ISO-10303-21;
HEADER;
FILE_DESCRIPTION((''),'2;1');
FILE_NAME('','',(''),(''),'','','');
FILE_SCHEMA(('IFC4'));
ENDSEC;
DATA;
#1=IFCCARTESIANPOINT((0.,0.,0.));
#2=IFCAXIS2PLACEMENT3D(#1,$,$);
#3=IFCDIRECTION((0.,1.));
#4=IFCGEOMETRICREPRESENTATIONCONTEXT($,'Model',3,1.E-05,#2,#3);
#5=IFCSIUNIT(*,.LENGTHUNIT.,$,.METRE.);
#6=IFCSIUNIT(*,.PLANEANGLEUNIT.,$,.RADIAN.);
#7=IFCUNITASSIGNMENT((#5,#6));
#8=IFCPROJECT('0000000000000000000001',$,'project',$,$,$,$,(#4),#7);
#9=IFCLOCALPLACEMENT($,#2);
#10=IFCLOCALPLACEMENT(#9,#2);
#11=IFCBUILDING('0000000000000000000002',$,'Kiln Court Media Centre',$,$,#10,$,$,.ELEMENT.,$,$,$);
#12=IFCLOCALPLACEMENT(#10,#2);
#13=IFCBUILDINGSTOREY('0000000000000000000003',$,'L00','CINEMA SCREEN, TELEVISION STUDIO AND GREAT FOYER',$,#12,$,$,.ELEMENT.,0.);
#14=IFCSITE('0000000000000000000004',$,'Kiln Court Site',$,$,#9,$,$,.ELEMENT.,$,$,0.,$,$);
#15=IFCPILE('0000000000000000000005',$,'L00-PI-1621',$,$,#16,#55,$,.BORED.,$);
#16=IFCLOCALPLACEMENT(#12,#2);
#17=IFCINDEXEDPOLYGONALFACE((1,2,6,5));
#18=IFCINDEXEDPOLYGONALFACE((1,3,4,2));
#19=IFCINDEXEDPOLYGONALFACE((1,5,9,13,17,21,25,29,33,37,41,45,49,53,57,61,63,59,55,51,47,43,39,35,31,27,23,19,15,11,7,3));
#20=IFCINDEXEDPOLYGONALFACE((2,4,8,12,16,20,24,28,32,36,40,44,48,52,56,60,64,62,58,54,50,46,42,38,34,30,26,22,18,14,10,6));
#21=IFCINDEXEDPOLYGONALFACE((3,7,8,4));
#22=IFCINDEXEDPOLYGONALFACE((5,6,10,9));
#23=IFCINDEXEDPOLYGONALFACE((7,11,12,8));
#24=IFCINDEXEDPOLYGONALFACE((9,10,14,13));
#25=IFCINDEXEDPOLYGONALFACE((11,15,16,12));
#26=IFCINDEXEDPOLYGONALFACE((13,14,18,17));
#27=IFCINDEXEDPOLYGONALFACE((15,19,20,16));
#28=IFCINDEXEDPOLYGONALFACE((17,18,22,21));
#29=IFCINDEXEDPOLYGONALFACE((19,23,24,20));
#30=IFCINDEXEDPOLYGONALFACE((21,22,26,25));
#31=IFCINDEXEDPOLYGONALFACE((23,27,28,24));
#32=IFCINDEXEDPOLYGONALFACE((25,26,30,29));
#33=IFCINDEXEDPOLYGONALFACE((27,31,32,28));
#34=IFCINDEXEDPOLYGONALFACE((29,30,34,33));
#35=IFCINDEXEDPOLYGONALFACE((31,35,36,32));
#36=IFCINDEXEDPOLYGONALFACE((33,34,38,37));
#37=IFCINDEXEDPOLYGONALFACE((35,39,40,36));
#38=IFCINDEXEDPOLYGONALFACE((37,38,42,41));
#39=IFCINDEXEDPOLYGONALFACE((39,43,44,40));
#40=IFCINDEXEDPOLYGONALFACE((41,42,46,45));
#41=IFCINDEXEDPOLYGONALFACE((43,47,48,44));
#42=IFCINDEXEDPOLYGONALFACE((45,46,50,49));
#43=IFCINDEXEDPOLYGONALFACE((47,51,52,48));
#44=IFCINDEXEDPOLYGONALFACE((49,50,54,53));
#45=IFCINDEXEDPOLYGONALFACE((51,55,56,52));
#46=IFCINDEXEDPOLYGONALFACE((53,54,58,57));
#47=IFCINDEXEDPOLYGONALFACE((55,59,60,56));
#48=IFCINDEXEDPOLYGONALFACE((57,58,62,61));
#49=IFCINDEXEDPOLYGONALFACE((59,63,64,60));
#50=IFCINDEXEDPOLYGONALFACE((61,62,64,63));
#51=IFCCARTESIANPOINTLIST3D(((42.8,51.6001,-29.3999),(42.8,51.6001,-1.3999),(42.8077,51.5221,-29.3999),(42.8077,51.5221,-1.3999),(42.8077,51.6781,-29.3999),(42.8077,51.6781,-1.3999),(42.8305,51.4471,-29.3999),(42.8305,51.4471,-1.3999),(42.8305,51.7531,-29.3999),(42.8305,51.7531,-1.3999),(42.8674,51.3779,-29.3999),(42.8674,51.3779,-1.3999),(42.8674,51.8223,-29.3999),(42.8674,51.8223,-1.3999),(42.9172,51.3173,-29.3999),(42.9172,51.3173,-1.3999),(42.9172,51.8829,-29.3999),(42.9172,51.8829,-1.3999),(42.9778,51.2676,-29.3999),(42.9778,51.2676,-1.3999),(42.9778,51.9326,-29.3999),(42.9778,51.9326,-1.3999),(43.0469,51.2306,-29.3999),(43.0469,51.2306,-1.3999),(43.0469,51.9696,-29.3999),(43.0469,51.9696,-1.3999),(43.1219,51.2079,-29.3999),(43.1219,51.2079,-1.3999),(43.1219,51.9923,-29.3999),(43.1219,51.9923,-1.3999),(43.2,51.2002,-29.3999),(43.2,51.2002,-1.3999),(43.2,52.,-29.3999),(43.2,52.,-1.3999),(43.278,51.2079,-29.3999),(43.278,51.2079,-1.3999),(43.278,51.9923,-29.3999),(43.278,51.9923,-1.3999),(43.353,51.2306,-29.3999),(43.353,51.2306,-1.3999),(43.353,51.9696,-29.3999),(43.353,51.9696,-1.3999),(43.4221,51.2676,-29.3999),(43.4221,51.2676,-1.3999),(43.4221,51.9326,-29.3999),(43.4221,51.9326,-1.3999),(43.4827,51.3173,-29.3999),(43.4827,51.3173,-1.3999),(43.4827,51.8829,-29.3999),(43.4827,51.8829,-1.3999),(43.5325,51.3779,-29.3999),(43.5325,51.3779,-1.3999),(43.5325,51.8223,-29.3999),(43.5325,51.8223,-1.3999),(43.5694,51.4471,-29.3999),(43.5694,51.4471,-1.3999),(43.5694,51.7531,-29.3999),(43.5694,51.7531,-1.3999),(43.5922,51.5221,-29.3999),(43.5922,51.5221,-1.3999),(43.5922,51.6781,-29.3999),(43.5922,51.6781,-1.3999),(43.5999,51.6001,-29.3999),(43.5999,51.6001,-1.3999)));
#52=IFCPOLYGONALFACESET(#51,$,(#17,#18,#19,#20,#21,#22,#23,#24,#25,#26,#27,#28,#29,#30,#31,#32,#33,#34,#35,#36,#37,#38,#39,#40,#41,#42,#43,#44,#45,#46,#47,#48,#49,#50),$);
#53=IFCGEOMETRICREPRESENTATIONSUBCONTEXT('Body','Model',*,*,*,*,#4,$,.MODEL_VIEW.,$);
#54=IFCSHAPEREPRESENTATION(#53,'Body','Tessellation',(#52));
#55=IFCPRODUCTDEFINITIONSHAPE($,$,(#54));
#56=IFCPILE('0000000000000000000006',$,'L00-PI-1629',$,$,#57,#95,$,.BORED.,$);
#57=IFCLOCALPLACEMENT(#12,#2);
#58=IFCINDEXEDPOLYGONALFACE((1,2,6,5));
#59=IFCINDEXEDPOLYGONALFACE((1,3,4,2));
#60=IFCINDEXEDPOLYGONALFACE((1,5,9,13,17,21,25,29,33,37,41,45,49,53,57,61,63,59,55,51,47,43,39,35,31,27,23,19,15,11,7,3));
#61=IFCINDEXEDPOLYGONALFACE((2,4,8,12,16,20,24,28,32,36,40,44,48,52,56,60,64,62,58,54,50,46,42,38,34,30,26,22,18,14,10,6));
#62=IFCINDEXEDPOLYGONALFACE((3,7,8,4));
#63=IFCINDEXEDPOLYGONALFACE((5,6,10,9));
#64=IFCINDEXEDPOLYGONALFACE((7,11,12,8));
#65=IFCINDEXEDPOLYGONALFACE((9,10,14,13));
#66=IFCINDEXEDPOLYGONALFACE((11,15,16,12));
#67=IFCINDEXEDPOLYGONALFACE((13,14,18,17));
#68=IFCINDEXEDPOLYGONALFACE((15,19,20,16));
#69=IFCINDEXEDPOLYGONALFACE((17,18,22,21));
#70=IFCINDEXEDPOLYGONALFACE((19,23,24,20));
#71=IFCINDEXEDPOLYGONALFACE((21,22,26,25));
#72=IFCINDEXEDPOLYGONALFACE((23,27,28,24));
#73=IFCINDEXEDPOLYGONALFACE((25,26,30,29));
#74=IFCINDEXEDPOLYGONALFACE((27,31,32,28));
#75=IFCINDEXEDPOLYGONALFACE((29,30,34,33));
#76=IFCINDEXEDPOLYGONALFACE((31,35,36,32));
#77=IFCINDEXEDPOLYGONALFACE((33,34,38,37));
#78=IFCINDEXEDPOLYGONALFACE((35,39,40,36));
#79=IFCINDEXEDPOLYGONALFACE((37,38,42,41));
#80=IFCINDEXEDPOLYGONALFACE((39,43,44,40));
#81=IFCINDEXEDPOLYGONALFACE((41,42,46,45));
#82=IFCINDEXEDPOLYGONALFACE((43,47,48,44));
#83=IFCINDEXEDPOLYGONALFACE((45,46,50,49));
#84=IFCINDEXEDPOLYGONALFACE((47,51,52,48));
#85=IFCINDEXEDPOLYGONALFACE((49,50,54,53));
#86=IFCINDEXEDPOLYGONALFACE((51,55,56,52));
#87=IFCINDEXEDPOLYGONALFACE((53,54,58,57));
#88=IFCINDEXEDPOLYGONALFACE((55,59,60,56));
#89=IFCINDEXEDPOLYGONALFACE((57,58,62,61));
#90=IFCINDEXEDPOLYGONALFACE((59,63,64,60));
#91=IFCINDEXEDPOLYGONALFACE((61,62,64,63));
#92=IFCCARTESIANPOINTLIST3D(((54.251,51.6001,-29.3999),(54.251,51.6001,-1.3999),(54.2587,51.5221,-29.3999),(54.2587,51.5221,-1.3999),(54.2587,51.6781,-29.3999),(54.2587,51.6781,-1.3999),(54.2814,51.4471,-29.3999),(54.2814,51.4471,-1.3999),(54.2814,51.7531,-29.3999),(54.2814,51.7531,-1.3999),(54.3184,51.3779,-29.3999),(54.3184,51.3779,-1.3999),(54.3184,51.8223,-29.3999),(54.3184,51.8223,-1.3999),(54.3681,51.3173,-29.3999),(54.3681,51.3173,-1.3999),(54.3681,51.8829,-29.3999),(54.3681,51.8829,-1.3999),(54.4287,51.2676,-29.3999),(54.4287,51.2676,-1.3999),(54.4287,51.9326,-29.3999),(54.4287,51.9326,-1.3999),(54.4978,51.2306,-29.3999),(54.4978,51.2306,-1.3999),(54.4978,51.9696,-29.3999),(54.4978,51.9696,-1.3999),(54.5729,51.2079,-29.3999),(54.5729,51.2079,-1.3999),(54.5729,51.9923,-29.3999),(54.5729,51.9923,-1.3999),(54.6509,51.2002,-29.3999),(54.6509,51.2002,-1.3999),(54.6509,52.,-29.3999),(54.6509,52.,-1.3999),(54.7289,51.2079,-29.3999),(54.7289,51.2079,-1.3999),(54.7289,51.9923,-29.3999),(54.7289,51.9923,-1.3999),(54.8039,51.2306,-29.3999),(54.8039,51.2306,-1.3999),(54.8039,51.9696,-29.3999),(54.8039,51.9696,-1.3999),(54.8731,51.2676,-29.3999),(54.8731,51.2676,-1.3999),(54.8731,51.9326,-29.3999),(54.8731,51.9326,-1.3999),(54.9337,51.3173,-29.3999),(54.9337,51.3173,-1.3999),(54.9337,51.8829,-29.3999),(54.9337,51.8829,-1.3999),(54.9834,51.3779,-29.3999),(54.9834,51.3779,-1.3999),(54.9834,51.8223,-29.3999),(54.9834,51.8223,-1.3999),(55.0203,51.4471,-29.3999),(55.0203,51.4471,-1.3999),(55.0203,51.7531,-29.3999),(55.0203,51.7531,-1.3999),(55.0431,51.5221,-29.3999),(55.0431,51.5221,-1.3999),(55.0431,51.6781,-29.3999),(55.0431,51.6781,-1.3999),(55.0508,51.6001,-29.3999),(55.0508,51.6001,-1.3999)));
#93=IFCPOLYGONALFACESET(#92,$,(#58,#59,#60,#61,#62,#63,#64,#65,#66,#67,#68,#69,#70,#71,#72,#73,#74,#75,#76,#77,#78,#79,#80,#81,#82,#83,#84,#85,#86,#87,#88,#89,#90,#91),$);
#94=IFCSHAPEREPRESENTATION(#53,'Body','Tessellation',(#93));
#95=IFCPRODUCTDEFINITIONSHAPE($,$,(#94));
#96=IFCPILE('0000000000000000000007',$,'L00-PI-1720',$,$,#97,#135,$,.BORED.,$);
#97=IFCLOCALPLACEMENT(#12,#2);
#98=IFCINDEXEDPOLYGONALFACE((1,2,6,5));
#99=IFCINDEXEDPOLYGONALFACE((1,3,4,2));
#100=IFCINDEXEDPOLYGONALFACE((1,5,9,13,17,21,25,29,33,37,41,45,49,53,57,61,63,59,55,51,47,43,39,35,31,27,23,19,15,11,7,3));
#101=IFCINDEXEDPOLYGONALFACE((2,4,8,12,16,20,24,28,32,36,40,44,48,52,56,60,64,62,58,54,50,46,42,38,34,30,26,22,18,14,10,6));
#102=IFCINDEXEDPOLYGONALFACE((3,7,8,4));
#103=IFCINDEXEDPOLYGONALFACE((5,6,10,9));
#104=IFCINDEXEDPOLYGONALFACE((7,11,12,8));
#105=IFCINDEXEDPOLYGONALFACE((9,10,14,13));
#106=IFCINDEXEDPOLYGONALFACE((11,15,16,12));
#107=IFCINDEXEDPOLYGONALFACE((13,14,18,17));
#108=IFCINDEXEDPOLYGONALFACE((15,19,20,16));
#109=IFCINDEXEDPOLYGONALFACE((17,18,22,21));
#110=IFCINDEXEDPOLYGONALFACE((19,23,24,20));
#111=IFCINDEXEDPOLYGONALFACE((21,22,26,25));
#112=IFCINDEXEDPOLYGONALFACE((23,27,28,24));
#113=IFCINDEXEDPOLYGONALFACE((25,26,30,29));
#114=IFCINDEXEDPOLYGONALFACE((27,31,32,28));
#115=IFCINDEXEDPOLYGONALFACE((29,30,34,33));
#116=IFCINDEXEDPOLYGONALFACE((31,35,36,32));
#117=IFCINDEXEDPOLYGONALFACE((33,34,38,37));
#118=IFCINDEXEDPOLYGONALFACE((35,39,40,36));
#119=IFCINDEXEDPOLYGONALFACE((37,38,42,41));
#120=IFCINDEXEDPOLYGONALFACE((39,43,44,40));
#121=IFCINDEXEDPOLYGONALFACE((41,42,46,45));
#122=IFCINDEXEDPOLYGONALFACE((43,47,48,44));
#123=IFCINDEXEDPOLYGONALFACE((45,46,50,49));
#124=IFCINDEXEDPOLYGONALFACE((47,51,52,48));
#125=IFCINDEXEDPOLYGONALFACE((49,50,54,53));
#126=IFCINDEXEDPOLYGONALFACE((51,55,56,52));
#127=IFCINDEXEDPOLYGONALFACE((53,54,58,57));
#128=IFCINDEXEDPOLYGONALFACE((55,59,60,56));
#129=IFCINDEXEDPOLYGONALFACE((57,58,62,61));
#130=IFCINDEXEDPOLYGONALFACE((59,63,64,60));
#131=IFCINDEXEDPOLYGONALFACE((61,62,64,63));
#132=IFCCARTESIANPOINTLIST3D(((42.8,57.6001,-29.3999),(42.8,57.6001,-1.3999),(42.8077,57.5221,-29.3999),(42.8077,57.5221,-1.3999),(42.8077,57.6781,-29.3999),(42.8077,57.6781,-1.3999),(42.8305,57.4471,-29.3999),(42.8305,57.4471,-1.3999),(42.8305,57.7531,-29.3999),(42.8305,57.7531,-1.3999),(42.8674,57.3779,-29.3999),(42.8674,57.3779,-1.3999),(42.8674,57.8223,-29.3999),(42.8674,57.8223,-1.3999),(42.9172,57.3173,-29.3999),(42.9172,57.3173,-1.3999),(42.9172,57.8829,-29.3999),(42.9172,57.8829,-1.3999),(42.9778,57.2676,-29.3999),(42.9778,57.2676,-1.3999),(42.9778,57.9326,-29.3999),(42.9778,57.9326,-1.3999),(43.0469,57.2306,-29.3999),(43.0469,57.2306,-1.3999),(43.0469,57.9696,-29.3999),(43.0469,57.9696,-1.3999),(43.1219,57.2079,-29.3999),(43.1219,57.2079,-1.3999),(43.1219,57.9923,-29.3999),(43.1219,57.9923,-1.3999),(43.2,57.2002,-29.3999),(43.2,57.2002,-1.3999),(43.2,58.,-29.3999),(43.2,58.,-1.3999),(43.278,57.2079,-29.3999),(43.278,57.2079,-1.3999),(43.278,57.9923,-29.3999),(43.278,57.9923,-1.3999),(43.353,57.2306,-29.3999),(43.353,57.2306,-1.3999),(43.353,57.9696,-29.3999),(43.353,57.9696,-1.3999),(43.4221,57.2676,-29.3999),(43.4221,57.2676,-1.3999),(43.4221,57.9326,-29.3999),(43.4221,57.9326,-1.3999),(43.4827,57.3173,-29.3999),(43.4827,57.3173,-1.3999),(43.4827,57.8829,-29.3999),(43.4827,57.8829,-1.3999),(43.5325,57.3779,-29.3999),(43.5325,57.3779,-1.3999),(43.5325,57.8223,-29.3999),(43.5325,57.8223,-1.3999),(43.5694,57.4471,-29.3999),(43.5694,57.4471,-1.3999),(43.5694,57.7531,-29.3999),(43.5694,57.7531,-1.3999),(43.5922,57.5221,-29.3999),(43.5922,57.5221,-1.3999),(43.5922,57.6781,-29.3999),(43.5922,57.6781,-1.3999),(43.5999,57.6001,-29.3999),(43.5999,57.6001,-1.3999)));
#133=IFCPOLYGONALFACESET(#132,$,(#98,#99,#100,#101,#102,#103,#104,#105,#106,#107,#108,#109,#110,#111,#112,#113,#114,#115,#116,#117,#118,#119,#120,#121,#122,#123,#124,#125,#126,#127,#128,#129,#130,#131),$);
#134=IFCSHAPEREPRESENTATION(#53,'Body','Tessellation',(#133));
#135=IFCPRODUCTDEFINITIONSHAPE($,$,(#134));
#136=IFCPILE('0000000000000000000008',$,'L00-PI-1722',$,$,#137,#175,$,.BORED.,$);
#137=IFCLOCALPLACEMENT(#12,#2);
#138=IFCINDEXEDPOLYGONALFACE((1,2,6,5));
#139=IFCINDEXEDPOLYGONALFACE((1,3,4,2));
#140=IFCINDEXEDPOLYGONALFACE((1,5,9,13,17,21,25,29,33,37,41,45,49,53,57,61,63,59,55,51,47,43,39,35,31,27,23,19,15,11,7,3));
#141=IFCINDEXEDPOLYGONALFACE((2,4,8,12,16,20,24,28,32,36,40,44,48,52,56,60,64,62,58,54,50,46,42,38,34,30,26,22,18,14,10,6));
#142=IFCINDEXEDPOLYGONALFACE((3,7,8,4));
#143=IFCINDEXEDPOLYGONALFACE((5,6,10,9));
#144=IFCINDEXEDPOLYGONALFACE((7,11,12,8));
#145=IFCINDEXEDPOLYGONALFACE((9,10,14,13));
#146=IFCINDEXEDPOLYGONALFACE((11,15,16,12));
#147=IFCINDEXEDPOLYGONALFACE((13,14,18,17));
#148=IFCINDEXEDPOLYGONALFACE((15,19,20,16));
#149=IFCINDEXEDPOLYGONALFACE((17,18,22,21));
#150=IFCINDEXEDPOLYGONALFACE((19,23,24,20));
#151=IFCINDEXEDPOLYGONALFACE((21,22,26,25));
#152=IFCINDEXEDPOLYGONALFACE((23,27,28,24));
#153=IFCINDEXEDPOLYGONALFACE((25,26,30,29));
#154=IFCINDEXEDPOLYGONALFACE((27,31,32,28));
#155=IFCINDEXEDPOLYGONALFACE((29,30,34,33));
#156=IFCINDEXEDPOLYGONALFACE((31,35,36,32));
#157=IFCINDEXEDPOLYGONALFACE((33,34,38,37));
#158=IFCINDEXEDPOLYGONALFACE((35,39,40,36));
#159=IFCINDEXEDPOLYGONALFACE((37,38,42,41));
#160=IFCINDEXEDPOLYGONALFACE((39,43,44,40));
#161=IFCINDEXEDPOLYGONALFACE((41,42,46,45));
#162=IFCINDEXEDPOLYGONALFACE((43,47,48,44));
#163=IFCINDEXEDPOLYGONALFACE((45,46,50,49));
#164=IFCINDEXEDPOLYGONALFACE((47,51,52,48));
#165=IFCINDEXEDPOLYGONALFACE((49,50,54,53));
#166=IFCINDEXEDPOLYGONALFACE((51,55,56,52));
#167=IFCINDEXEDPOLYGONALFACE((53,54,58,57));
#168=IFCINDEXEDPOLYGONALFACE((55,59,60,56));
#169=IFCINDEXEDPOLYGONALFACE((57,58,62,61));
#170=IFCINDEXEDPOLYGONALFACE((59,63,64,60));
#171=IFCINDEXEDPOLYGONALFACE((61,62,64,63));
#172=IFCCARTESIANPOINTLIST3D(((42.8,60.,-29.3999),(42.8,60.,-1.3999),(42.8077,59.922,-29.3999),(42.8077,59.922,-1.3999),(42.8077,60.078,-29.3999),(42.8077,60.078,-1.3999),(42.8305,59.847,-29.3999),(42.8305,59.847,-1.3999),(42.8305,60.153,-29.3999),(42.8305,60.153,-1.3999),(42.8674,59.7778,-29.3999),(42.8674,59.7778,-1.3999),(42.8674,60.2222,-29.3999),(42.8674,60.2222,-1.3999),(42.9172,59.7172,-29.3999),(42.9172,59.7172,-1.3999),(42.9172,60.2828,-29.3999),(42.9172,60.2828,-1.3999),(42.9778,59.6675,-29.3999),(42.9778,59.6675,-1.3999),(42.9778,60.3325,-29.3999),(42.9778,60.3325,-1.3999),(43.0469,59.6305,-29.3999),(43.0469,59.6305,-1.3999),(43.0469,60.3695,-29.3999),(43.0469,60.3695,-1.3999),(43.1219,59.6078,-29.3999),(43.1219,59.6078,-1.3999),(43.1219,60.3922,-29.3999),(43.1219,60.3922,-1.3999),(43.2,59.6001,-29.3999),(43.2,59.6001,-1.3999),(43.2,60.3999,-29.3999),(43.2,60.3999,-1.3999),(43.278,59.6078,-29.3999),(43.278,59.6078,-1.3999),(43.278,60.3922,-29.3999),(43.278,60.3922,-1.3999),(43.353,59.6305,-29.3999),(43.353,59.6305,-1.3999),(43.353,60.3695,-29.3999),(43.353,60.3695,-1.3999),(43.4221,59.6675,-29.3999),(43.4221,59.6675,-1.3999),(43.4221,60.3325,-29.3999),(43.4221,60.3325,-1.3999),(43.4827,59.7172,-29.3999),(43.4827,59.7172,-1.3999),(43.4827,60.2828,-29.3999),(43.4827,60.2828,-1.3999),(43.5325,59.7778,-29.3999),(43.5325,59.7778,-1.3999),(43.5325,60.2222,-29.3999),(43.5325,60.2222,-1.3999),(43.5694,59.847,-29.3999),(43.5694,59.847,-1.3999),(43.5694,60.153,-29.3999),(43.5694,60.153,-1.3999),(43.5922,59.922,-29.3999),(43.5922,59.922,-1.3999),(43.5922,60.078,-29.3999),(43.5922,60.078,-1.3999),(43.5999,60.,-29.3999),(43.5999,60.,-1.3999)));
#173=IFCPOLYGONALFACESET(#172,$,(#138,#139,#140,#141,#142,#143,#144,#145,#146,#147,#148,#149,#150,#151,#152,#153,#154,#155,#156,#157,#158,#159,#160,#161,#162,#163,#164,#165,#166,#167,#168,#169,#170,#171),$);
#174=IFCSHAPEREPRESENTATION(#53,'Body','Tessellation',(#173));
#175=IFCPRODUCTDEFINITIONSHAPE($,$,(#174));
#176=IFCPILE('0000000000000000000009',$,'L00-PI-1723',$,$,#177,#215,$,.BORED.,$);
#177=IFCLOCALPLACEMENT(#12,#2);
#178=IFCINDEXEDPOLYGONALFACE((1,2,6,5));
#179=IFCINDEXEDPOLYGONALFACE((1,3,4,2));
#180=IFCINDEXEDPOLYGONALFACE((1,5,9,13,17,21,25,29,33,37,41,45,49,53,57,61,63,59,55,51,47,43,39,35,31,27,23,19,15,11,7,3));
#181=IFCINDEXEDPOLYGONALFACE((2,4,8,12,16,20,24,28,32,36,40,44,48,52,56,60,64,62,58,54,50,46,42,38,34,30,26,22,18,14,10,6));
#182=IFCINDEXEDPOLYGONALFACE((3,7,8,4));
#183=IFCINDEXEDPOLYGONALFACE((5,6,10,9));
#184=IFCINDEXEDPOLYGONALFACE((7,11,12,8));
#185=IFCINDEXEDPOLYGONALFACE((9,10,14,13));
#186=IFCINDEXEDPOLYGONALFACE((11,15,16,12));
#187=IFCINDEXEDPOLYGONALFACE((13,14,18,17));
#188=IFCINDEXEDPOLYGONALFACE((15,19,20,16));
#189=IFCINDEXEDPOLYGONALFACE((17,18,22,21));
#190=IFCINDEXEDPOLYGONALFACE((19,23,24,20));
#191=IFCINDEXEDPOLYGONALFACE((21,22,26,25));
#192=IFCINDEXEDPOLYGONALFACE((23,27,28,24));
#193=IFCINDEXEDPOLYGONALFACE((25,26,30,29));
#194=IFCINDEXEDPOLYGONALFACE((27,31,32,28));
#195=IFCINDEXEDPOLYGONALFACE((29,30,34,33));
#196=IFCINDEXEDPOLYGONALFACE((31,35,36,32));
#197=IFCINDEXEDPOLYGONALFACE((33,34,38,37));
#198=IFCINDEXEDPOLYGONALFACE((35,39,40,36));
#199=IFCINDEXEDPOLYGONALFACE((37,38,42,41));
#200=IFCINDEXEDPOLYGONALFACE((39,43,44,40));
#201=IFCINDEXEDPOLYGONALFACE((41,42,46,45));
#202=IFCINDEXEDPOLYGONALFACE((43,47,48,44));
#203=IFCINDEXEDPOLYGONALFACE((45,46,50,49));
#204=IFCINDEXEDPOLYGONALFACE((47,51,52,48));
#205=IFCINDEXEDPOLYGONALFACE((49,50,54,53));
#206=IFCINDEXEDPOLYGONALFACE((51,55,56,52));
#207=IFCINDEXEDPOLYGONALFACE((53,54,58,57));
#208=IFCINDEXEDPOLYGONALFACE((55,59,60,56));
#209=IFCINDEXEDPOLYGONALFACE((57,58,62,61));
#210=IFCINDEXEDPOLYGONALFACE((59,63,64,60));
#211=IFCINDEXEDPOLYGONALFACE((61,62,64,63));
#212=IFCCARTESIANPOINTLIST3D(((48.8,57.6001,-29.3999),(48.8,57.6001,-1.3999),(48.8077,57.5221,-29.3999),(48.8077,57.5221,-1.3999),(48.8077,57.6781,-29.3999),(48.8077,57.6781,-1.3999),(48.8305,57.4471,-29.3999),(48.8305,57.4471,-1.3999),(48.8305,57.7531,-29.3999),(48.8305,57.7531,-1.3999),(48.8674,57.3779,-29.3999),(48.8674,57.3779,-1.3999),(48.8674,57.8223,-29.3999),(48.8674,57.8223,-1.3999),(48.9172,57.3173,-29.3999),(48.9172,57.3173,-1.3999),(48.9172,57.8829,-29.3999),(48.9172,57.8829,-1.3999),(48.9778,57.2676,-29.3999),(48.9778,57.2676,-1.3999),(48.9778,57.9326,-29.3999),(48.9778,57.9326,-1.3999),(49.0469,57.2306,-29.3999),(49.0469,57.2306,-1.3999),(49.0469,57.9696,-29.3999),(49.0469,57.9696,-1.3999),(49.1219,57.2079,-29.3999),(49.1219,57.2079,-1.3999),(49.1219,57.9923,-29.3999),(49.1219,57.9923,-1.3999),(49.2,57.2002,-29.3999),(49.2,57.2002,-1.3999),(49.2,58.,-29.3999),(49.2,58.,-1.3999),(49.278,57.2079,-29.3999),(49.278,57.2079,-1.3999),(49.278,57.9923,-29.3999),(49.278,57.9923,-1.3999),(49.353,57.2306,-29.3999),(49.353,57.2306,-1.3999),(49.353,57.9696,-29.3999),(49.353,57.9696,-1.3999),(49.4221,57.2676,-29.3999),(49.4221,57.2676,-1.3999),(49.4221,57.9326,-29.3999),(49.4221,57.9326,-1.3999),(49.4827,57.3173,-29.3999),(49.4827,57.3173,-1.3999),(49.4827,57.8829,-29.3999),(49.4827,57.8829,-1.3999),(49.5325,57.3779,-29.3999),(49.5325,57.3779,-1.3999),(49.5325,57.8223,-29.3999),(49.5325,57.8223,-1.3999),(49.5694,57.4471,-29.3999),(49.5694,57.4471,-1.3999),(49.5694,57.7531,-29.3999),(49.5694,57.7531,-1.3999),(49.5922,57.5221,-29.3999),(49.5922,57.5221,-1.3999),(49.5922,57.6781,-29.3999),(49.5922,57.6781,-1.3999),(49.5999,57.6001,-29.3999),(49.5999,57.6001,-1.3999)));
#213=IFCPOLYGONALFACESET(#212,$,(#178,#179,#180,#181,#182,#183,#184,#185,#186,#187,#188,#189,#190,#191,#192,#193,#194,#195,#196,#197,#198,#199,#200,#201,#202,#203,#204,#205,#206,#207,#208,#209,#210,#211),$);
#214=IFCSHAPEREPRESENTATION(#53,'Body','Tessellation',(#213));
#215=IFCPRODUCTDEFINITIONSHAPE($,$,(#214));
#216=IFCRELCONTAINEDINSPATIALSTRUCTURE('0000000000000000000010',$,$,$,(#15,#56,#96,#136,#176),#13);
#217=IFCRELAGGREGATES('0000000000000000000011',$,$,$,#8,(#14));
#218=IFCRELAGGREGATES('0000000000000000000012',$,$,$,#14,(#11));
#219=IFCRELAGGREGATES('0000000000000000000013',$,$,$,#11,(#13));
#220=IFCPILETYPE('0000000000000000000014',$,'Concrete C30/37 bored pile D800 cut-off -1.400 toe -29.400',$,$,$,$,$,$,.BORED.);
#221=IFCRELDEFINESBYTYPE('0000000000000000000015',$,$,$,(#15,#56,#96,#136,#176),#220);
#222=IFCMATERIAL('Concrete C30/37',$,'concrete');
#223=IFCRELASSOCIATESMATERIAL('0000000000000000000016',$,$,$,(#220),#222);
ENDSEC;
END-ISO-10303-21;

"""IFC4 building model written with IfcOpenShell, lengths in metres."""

from ifc_helpers import new_model, si_unit, direction, frame, origin, origin_2d, place, context, subcontext, project, spatial, circle, extrude, material, material_profile, profile_set, type_object, element, save


model = new_model("IFC4")

# Units and contexts
model_context = context("Model", 3, precision=1e-05, world=origin(), true_north=direction((0.0, 1.0)))
body_context = subcontext(model_context, "Body", "Model", "MODEL_VIEW")
ifc_project = project(units=[si_unit("LENGTHUNIT", "METRE"), si_unit("PLANEANGLEUNIT", "RADIAN")], contexts=[model_context])

# Site, building, storey
site_placement = place(None, origin())
site = spatial("IfcSite", under=ifc_project, at=site_placement, Name="Kiln Court Site", CompositionType="ELEMENT", RefElevation=0.0)
building_placement = place(site_placement, origin())
building = spatial("IfcBuilding", under=site, at=building_placement, Name="Kiln Court Media Centre", CompositionType="ELEMENT")
storey_placement = place(building_placement, origin())
storey = spatial("IfcBuildingStorey", under=building, at=storey_placement, Name="L00", Description="CINEMA SCREEN, TELEVISION STUDIO AND GREAT FOYER", CompositionType="ELEMENT", Elevation=0.0)

# Piles
ifc_material_1 = material(Name="Concrete C30/37", Category="concrete")
ifc_material_profile_1 = material_profile(ifc_material_1, circle(Radius=0.3999, at=origin_2d()), Name="PILE D800")
ifc_profile_set_1 = profile_set([ifc_material_profile_1], Name="Concrete C30/37")
pile_type_1 = type_object("IfcPileType", Name="Concrete C30/37 bored pile D800 cut-off -1.400 toe -29.400", PredefinedType="BORED", material=ifc_profile_set_1)
for number, where, z_axis, x_axis, name in (
    (1, (43.2, 51.6001, -1.3999), (0.0, 0.0, -1.0), (1.0, 0.0, 0.0), "L00-PI-1621"),
    (2, (54.6509, 51.6001, -1.3999), (0.0, 0.0, -1.0), (1.0, 0.0, 0.0), "L00-PI-1629"),
    (3, (43.2, 57.6001, -1.3999), (0.0, 0.0, -1.0), (1.0, 0.0, 0.0), "L00-PI-1720"),
    (4, (43.2, 60.0, -1.3999), (0.0, 0.0, -1.0), (1.0, 0.0, 0.0), "L00-PI-1722"),
    (5, (49.2, 57.6001, -1.3999), (0.0, 0.0, -1.0), (1.0, 0.0, 0.0), "L00-PI-1723"),
):
    element("IfcPile", number, at=place(storey_placement, frame(where, z_axis=z_axis, x_axis=x_axis)), inside=storey, type_object=pile_type_1, Name=name, PredefinedType="BORED", context=body_context, shape_type="SweptSolid", body=[
        extrude(circle(Radius=0.3999, at=origin_2d()), origin(), (0.0, 0.0, 1.0), 28.0),
    ])

save(model, "model.ifc")
